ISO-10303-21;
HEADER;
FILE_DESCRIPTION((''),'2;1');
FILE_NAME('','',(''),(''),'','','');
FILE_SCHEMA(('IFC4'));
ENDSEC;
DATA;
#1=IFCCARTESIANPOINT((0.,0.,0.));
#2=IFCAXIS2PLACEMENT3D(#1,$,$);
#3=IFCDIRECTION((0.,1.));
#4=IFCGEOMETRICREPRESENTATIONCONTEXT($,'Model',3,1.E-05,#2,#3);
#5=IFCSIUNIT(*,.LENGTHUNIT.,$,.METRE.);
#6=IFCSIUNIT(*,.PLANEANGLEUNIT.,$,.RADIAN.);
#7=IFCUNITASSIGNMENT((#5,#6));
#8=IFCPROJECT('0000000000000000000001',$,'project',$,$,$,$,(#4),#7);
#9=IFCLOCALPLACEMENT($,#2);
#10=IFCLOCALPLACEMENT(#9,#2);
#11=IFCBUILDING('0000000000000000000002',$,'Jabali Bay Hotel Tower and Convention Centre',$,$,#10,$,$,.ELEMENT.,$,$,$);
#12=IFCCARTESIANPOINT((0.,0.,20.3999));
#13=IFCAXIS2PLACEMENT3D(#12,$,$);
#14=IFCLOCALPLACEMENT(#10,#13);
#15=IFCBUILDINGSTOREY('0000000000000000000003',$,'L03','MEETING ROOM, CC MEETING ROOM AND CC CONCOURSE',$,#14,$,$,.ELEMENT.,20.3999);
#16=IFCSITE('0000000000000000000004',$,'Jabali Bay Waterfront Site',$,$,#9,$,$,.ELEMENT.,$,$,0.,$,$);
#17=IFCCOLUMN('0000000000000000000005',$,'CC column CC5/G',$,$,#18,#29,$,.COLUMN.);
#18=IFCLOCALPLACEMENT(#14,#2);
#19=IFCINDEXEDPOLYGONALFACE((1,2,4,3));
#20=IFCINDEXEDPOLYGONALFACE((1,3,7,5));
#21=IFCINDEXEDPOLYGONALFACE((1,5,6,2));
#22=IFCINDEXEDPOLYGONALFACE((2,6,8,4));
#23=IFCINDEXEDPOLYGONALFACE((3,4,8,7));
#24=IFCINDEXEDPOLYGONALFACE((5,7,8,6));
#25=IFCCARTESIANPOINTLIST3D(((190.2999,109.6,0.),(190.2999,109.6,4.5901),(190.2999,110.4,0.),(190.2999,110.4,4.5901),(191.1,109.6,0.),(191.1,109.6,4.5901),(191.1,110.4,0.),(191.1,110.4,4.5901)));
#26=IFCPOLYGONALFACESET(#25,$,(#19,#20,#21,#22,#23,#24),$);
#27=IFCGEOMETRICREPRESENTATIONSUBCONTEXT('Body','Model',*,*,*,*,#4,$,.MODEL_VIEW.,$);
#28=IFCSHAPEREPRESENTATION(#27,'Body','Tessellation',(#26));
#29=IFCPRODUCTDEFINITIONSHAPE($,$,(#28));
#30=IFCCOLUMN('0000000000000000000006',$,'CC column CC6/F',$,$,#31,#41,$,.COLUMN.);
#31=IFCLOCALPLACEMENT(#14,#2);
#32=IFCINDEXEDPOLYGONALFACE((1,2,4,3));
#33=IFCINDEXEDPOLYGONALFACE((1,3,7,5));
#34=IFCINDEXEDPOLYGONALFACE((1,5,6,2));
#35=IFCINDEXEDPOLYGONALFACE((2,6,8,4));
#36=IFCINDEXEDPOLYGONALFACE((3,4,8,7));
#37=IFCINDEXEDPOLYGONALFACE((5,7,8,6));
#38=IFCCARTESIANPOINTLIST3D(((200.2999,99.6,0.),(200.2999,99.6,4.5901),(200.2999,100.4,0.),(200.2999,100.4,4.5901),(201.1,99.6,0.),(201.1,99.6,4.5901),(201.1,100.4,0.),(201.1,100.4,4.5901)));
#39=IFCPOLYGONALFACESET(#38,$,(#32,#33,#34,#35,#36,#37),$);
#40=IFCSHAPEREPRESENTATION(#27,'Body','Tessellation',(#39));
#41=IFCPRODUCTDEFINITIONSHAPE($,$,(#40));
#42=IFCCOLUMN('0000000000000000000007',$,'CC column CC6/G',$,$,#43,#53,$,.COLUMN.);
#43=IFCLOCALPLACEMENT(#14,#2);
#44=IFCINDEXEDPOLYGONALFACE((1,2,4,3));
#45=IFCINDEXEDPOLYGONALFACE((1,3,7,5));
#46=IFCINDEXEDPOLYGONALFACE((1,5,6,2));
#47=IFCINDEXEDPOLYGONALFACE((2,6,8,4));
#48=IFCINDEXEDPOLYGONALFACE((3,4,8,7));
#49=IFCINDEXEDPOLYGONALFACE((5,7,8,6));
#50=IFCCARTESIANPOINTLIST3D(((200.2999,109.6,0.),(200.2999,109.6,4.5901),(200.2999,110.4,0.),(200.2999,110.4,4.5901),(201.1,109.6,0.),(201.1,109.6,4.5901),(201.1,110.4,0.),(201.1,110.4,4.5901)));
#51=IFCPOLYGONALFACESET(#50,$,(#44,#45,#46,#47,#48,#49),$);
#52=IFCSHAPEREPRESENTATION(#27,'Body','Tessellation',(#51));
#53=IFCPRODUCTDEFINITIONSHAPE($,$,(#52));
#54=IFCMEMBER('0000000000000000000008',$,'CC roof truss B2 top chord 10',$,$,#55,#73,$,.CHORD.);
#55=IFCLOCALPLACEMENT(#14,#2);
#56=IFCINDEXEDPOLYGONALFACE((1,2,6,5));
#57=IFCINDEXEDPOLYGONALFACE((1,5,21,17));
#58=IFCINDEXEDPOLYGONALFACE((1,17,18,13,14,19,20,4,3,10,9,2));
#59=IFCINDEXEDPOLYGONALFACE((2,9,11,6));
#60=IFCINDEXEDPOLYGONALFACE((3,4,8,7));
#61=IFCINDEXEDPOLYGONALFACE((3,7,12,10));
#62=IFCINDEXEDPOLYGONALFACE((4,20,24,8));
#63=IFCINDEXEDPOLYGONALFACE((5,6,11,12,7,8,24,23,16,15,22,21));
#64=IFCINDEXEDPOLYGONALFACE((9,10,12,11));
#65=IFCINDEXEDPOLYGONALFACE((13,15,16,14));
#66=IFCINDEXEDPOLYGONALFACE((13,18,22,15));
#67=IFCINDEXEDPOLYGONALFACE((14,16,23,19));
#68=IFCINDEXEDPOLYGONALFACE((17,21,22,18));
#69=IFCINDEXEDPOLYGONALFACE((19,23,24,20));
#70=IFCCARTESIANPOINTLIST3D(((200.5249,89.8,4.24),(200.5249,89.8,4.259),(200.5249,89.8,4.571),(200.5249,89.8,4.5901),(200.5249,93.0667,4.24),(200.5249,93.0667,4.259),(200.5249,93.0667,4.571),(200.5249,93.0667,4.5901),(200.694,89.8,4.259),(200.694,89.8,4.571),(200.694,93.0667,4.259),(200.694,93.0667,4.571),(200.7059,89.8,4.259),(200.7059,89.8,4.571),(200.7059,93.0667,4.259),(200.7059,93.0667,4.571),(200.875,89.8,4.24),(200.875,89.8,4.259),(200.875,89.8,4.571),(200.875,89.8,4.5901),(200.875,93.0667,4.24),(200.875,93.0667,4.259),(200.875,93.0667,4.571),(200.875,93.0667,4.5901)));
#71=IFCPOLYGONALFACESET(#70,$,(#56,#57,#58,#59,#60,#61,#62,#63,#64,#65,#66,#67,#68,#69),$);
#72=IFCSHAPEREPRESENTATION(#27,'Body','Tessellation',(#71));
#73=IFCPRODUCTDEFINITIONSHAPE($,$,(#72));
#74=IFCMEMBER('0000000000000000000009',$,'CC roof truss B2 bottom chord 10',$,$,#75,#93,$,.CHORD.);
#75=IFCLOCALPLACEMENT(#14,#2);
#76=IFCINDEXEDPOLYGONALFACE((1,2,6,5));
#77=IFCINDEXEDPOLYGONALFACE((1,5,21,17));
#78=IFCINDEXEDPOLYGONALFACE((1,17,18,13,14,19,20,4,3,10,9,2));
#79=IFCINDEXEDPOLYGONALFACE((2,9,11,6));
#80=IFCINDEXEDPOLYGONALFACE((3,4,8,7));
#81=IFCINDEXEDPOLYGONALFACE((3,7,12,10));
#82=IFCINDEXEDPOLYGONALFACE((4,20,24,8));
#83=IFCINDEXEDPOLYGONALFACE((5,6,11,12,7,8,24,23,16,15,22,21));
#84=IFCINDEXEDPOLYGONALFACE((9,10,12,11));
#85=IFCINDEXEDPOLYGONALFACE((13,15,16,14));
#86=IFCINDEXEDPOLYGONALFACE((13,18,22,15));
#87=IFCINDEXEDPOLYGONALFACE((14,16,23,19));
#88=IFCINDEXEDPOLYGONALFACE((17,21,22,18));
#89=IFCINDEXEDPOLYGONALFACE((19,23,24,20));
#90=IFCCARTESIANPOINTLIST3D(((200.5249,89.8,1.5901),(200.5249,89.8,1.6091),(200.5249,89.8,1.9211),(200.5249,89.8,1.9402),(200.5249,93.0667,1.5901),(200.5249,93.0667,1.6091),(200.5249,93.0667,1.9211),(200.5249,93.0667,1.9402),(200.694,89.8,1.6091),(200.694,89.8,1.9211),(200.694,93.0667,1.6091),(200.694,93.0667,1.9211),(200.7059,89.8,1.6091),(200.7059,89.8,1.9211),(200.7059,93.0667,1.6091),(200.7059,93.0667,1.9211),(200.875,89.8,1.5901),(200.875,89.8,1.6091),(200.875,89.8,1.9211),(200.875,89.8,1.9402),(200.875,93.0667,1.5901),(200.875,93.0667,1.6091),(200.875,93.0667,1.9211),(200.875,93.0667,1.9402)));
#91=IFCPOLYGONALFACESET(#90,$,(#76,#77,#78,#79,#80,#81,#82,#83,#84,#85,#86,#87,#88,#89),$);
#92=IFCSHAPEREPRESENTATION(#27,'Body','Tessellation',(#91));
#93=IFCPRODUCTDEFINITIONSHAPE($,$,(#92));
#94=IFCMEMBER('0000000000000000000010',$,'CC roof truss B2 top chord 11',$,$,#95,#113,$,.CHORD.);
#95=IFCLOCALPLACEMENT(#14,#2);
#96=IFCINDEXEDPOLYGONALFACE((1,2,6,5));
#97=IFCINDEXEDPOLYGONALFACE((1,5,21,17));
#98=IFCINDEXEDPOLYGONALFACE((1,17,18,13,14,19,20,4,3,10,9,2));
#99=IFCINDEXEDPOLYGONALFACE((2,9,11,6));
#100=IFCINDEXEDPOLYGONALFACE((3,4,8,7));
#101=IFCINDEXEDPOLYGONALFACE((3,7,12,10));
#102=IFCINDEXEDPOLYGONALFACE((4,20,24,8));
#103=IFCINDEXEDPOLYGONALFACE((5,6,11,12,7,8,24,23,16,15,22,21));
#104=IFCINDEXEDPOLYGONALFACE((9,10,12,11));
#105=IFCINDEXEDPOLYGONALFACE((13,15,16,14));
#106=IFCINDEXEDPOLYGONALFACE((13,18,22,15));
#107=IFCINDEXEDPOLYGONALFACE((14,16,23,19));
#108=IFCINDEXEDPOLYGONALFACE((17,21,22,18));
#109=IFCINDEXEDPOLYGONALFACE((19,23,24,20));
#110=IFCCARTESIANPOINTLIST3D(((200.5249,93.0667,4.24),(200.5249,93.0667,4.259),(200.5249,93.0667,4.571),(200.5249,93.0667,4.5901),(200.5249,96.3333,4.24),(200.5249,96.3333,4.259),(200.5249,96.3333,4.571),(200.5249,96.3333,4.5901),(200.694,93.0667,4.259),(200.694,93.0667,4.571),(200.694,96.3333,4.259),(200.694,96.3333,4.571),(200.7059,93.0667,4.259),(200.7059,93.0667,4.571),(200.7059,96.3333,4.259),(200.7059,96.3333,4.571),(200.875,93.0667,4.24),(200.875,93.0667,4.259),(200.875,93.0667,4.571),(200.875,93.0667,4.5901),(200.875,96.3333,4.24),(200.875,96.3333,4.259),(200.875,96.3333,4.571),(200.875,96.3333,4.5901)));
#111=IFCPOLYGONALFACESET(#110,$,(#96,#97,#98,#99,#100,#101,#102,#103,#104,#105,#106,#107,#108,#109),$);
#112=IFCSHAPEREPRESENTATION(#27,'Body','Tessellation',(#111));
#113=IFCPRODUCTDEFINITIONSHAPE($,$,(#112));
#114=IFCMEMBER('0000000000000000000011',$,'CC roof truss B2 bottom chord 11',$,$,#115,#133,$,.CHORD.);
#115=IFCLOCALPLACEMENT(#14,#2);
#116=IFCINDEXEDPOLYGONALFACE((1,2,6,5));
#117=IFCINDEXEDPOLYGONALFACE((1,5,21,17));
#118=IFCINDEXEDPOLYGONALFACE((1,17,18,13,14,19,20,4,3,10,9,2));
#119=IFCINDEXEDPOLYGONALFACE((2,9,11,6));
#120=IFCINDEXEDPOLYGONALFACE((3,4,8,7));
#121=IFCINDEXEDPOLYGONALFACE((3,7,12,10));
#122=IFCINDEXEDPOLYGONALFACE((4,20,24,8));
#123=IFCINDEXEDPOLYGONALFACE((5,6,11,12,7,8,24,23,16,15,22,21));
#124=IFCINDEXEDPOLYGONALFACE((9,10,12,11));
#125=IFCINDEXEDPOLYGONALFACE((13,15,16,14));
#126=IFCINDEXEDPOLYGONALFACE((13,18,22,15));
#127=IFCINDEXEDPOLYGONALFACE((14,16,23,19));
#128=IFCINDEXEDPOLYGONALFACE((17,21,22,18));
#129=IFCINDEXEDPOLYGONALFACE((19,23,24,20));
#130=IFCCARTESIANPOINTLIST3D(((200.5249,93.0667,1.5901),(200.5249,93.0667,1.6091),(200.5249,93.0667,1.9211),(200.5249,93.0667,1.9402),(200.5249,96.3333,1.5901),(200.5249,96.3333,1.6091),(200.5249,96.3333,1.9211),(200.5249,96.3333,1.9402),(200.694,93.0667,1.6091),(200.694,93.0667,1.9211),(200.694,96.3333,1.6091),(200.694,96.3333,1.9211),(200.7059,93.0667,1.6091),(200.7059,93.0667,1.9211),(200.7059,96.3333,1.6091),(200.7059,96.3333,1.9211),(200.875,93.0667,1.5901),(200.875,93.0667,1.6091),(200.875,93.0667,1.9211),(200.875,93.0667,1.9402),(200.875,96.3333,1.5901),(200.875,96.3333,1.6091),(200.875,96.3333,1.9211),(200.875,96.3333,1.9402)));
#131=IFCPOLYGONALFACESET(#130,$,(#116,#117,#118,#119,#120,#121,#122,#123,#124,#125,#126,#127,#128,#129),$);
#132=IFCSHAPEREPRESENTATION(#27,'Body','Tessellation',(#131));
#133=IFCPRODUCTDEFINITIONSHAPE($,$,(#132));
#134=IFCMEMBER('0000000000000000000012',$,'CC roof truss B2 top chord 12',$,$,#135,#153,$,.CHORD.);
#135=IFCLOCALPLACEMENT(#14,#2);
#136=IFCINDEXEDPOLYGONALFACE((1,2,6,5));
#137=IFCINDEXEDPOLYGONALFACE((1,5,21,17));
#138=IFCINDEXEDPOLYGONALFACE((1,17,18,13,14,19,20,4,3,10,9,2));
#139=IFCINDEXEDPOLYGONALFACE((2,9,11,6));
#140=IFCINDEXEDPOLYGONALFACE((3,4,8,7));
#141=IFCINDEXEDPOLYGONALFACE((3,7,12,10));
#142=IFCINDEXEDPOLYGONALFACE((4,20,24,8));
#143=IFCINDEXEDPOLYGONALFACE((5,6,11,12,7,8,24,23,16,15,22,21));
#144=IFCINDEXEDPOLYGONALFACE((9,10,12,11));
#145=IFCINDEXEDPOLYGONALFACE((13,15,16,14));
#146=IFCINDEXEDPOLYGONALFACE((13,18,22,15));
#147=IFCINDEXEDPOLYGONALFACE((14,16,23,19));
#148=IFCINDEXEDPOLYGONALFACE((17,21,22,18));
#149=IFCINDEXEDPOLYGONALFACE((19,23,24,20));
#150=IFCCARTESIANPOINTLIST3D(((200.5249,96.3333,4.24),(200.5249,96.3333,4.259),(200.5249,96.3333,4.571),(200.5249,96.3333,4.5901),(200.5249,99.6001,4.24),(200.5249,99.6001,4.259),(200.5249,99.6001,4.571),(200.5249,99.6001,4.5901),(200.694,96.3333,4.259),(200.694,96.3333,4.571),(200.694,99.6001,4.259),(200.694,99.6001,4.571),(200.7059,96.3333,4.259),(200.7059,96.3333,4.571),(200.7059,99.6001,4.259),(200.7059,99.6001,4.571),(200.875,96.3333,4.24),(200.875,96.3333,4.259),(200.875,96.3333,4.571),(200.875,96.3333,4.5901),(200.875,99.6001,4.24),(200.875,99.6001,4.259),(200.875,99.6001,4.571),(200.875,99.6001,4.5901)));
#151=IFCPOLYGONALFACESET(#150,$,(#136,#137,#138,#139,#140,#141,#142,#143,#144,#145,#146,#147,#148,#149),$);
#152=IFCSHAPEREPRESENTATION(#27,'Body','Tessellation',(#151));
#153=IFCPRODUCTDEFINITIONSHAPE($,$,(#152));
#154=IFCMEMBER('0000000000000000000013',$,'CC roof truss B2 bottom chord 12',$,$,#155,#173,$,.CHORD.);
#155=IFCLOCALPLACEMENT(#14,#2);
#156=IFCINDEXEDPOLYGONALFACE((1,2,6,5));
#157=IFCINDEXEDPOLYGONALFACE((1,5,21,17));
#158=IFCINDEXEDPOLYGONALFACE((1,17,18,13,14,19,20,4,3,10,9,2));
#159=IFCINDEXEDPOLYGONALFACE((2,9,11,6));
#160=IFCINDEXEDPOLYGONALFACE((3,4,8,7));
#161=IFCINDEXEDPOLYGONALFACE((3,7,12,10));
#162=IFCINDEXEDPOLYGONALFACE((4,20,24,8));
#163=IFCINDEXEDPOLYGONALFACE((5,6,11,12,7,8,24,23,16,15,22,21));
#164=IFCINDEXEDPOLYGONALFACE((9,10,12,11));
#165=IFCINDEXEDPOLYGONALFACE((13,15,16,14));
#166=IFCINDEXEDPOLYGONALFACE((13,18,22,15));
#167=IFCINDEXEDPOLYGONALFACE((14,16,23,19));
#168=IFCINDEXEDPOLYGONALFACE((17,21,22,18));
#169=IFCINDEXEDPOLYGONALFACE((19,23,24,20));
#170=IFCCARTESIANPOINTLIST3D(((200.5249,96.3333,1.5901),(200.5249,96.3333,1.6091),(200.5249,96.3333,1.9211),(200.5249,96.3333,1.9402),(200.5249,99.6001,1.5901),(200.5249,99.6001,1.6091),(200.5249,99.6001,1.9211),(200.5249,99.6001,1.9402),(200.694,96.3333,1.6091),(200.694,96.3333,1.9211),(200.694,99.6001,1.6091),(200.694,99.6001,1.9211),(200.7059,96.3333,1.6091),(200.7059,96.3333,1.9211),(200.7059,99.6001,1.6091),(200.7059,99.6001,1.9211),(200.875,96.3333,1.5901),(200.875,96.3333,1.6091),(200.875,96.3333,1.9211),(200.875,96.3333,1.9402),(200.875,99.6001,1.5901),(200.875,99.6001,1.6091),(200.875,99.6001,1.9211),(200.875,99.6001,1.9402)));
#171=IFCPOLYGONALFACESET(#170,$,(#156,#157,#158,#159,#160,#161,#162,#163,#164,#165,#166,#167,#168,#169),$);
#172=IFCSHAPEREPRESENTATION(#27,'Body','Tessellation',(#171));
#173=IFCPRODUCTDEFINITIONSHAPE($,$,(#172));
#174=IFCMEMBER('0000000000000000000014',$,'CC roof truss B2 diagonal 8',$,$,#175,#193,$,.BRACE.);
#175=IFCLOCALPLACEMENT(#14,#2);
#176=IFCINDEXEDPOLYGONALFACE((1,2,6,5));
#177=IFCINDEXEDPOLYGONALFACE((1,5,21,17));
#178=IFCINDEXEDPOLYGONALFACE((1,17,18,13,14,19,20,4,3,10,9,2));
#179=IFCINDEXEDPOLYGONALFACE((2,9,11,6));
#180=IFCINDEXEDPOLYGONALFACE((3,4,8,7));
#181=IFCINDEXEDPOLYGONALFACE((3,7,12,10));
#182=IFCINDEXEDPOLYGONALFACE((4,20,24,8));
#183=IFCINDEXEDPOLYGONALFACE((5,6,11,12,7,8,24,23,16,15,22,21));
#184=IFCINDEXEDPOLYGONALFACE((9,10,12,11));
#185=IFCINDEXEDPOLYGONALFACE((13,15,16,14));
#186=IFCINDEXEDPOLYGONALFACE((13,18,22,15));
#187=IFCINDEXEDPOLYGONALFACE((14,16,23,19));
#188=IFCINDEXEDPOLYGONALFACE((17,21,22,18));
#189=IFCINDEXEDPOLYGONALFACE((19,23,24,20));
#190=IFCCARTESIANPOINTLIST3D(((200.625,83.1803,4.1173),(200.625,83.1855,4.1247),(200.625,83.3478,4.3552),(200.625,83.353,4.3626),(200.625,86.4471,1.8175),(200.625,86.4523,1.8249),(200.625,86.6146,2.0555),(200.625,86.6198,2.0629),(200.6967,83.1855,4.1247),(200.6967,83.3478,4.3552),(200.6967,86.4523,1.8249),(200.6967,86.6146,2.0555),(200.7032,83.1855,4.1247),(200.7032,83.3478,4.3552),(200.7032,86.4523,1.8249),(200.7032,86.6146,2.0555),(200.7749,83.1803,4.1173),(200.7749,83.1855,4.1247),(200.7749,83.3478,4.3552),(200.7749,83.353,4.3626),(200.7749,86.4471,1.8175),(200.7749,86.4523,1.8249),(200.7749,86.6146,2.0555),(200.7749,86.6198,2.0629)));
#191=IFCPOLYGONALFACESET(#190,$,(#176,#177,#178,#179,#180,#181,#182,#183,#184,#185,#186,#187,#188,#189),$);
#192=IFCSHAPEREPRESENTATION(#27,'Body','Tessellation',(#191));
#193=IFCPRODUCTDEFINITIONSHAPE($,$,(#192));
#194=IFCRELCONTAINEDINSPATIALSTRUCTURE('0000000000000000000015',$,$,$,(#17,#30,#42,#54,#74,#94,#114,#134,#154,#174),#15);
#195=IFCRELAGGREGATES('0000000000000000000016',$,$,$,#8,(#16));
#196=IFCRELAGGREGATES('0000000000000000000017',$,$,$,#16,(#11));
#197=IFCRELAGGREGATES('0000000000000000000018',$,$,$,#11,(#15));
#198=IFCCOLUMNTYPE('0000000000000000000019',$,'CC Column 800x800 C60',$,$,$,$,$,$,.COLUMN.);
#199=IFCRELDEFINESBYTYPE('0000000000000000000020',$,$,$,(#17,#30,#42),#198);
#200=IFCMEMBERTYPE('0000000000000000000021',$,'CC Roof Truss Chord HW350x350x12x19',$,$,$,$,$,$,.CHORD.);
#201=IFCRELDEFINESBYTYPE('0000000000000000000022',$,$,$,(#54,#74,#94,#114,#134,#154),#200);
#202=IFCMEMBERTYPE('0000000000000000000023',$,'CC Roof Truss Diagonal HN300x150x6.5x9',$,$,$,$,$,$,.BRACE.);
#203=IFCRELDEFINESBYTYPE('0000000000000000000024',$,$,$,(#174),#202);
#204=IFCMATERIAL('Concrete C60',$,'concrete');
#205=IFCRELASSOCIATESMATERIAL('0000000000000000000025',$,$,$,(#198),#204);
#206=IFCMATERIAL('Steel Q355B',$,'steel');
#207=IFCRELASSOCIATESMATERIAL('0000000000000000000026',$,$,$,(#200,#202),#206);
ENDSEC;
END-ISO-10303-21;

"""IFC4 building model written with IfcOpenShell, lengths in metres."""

from ifc_helpers import new_model, si_unit, direction, frame, origin, origin_2d, place, context, subcontext, project, spatial, rectangle, i_section, extrude, material, material_profile, profile_set, type_object, element, save


model = new_model("IFC4")

# Units and contexts
model_context = context("Model", 3, precision=1e-05, world=origin(), true_north=direction((0.0, 1.0)))
body_context = subcontext(model_context, "Body", "Model", "MODEL_VIEW")
ifc_project = project(units=[si_unit("LENGTHUNIT", "METRE"), si_unit("PLANEANGLEUNIT", "RADIAN")], contexts=[model_context])

# Site, building, storey
site_placement = place(None, origin())
site = spatial("IfcSite", under=ifc_project, at=site_placement, Name="Jabali Bay Waterfront Site", CompositionType="ELEMENT", RefElevation=0.0)
building_placement = place(site_placement, origin())
building = spatial("IfcBuilding", under=site, at=building_placement, Name="Jabali Bay Hotel Tower and Convention Centre", CompositionType="ELEMENT")
storey_placement = place(building_placement, frame((0.0, 0.0, 20.3999)))
storey = spatial("IfcBuildingStorey", under=building, at=storey_placement, Name="L03", Description="MEETING ROOM, CC MEETING ROOM AND CC CONCOURSE", CompositionType="ELEMENT", Elevation=20.3999)

# Columns
ifc_material_1 = material(Name="Concrete C60", Category="concrete")
ifc_material_profile_1 = material_profile(ifc_material_1, rectangle(XDim=0.8, YDim=0.8, at=origin_2d()), Name="RC 800x800")
ifc_profile_set_1 = profile_set([ifc_material_profile_1], Name="Concrete C60")
column_type = type_object("IfcColumnType", Name="CC Column 800x800 C60", PredefinedType="COLUMN", material=ifc_profile_set_1)
for number, where, z_axis, x_axis, name in (
    (1, (190.7, 110.0, 0.0), (0.0, 0.0, 1.0), (1.0, 0.0, 0.0), "CC column CC5/G"),
    (2, (200.7, 100.0, 0.0), (0.0, 0.0, 1.0), (1.0, 0.0, 0.0), "CC column CC6/F"),
    (3, (200.7, 110.0, 0.0), (0.0, 0.0, 1.0), (1.0, 0.0, 0.0), "CC column CC6/G"),
):
    element("IfcColumn", number, at=place(storey_placement, frame(where, z_axis=z_axis, x_axis=x_axis)), inside=storey, type_object=column_type, Name=name, PredefinedType="COLUMN", context=body_context, shape_type="SweptSolid", body=[
        extrude(rectangle(XDim=0.8, YDim=0.8, at=origin_2d()), origin(), (0.0, 0.0, 1.0), 4.5901),
    ])

# Members
ifc_material_2 = material(Name="Steel Q355B", Category="steel")
ifc_material_profile_2 = material_profile(ifc_material_2, i_section(OverallWidth=0.3501, OverallDepth=0.3501, WebThickness=0.012, FlangeThickness=0.019, at=origin_2d()), Name="HW350x350x12x19")
ifc_profile_set_2 = profile_set([ifc_material_profile_2], Name="Steel Q355B")
member_type_1 = type_object("IfcMemberType", Name="CC Roof Truss Chord HW350x350x12x19", PredefinedType="CHORD", material=ifc_profile_set_2)
for number, where, z_axis, x_axis, name in (
    (4, (200.7, 89.8, 4.415), (0.0, 1.0, 0.0), (-1.0, 0.0, 0.0), "CC roof truss B2 top chord 10"),
    (5, (200.7, 89.8, 1.7651), (0.0, 1.0, 0.0), (-1.0, 0.0, 0.0), "CC roof truss B2 bottom chord 10"),
    (6, (200.7, 93.0667, 4.415), (0.0, 1.0, 0.0), (-1.0, 0.0, 0.0), "CC roof truss B2 top chord 11"),
    (7, (200.7, 93.0667, 1.7651), (0.0, 1.0, 0.0), (-1.0, 0.0, 0.0), "CC roof truss B2 bottom chord 11"),
):
    element("IfcMember", number, at=place(storey_placement, frame(where, z_axis=z_axis, x_axis=x_axis)), inside=storey, type_object=member_type_1, Name=name, PredefinedType="CHORD", context=body_context, shape_type="SweptSolid", body=[
        extrude(i_section(OverallWidth=0.3501, OverallDepth=0.3501, WebThickness=0.012, FlangeThickness=0.019, at=origin_2d()), origin(), (0.0, 0.0, 1.0), 3.2666),
    ])
for number, where, z_axis, x_axis, name in (
    (8, (200.7, 96.3333, 4.415), (0.0, 1.0, 0.0), (-1.0, 0.0, 0.0), "CC roof truss B2 top chord 12"),
    (9, (200.7, 96.3333, 1.7651), (0.0, 1.0, 0.0), (-1.0, 0.0, 0.0), "CC roof truss B2 bottom chord 12"),
):
    element("IfcMember", number, at=place(storey_placement, frame(where, z_axis=z_axis, x_axis=x_axis)), inside=storey, type_object=member_type_1, Name=name, PredefinedType="CHORD", context=body_context, shape_type="SweptSolid", body=[
        extrude(i_section(OverallWidth=0.3501, OverallDepth=0.3501, WebThickness=0.012, FlangeThickness=0.019, at=origin_2d()), origin(), (0.0, 0.0, 1.0), 3.2668),
    ])
ifc_material_profile_3 = material_profile(ifc_material_2, i_section(OverallWidth=0.1499, OverallDepth=0.3, WebThickness=0.0066, FlangeThickness=0.009, at=origin_2d()), Name="HN300x150x6.5x9")
ifc_profile_set_3 = profile_set([ifc_material_profile_3], Name="Steel Q355B")
member_type_2 = type_object("IfcMemberType", Name="CC Roof Truss Diagonal HN300x150x6.5x9", PredefinedType="BRACE", material=ifc_profile_set_3)
member_1_placement = place(storey_placement, frame((200.7, 86.5334, 1.9402), z_axis=(0.0, -0.817699, 0.575646), x_axis=(1.0, 0.0, 0.0)))
element("IfcMember", 10, at=member_1_placement, inside=storey, type_object=member_type_2, Name="CC roof truss B2 diagonal 8", PredefinedType="BRACE", context=body_context, shape_type="SweptSolid", body=[
    extrude(i_section(OverallWidth=0.1499, OverallDepth=0.3, WebThickness=0.0066, FlangeThickness=0.009, at=origin_2d()), origin(), (0.0, 0.0, 1.0), 3.9951),
])

save(model, "model.ifc")
